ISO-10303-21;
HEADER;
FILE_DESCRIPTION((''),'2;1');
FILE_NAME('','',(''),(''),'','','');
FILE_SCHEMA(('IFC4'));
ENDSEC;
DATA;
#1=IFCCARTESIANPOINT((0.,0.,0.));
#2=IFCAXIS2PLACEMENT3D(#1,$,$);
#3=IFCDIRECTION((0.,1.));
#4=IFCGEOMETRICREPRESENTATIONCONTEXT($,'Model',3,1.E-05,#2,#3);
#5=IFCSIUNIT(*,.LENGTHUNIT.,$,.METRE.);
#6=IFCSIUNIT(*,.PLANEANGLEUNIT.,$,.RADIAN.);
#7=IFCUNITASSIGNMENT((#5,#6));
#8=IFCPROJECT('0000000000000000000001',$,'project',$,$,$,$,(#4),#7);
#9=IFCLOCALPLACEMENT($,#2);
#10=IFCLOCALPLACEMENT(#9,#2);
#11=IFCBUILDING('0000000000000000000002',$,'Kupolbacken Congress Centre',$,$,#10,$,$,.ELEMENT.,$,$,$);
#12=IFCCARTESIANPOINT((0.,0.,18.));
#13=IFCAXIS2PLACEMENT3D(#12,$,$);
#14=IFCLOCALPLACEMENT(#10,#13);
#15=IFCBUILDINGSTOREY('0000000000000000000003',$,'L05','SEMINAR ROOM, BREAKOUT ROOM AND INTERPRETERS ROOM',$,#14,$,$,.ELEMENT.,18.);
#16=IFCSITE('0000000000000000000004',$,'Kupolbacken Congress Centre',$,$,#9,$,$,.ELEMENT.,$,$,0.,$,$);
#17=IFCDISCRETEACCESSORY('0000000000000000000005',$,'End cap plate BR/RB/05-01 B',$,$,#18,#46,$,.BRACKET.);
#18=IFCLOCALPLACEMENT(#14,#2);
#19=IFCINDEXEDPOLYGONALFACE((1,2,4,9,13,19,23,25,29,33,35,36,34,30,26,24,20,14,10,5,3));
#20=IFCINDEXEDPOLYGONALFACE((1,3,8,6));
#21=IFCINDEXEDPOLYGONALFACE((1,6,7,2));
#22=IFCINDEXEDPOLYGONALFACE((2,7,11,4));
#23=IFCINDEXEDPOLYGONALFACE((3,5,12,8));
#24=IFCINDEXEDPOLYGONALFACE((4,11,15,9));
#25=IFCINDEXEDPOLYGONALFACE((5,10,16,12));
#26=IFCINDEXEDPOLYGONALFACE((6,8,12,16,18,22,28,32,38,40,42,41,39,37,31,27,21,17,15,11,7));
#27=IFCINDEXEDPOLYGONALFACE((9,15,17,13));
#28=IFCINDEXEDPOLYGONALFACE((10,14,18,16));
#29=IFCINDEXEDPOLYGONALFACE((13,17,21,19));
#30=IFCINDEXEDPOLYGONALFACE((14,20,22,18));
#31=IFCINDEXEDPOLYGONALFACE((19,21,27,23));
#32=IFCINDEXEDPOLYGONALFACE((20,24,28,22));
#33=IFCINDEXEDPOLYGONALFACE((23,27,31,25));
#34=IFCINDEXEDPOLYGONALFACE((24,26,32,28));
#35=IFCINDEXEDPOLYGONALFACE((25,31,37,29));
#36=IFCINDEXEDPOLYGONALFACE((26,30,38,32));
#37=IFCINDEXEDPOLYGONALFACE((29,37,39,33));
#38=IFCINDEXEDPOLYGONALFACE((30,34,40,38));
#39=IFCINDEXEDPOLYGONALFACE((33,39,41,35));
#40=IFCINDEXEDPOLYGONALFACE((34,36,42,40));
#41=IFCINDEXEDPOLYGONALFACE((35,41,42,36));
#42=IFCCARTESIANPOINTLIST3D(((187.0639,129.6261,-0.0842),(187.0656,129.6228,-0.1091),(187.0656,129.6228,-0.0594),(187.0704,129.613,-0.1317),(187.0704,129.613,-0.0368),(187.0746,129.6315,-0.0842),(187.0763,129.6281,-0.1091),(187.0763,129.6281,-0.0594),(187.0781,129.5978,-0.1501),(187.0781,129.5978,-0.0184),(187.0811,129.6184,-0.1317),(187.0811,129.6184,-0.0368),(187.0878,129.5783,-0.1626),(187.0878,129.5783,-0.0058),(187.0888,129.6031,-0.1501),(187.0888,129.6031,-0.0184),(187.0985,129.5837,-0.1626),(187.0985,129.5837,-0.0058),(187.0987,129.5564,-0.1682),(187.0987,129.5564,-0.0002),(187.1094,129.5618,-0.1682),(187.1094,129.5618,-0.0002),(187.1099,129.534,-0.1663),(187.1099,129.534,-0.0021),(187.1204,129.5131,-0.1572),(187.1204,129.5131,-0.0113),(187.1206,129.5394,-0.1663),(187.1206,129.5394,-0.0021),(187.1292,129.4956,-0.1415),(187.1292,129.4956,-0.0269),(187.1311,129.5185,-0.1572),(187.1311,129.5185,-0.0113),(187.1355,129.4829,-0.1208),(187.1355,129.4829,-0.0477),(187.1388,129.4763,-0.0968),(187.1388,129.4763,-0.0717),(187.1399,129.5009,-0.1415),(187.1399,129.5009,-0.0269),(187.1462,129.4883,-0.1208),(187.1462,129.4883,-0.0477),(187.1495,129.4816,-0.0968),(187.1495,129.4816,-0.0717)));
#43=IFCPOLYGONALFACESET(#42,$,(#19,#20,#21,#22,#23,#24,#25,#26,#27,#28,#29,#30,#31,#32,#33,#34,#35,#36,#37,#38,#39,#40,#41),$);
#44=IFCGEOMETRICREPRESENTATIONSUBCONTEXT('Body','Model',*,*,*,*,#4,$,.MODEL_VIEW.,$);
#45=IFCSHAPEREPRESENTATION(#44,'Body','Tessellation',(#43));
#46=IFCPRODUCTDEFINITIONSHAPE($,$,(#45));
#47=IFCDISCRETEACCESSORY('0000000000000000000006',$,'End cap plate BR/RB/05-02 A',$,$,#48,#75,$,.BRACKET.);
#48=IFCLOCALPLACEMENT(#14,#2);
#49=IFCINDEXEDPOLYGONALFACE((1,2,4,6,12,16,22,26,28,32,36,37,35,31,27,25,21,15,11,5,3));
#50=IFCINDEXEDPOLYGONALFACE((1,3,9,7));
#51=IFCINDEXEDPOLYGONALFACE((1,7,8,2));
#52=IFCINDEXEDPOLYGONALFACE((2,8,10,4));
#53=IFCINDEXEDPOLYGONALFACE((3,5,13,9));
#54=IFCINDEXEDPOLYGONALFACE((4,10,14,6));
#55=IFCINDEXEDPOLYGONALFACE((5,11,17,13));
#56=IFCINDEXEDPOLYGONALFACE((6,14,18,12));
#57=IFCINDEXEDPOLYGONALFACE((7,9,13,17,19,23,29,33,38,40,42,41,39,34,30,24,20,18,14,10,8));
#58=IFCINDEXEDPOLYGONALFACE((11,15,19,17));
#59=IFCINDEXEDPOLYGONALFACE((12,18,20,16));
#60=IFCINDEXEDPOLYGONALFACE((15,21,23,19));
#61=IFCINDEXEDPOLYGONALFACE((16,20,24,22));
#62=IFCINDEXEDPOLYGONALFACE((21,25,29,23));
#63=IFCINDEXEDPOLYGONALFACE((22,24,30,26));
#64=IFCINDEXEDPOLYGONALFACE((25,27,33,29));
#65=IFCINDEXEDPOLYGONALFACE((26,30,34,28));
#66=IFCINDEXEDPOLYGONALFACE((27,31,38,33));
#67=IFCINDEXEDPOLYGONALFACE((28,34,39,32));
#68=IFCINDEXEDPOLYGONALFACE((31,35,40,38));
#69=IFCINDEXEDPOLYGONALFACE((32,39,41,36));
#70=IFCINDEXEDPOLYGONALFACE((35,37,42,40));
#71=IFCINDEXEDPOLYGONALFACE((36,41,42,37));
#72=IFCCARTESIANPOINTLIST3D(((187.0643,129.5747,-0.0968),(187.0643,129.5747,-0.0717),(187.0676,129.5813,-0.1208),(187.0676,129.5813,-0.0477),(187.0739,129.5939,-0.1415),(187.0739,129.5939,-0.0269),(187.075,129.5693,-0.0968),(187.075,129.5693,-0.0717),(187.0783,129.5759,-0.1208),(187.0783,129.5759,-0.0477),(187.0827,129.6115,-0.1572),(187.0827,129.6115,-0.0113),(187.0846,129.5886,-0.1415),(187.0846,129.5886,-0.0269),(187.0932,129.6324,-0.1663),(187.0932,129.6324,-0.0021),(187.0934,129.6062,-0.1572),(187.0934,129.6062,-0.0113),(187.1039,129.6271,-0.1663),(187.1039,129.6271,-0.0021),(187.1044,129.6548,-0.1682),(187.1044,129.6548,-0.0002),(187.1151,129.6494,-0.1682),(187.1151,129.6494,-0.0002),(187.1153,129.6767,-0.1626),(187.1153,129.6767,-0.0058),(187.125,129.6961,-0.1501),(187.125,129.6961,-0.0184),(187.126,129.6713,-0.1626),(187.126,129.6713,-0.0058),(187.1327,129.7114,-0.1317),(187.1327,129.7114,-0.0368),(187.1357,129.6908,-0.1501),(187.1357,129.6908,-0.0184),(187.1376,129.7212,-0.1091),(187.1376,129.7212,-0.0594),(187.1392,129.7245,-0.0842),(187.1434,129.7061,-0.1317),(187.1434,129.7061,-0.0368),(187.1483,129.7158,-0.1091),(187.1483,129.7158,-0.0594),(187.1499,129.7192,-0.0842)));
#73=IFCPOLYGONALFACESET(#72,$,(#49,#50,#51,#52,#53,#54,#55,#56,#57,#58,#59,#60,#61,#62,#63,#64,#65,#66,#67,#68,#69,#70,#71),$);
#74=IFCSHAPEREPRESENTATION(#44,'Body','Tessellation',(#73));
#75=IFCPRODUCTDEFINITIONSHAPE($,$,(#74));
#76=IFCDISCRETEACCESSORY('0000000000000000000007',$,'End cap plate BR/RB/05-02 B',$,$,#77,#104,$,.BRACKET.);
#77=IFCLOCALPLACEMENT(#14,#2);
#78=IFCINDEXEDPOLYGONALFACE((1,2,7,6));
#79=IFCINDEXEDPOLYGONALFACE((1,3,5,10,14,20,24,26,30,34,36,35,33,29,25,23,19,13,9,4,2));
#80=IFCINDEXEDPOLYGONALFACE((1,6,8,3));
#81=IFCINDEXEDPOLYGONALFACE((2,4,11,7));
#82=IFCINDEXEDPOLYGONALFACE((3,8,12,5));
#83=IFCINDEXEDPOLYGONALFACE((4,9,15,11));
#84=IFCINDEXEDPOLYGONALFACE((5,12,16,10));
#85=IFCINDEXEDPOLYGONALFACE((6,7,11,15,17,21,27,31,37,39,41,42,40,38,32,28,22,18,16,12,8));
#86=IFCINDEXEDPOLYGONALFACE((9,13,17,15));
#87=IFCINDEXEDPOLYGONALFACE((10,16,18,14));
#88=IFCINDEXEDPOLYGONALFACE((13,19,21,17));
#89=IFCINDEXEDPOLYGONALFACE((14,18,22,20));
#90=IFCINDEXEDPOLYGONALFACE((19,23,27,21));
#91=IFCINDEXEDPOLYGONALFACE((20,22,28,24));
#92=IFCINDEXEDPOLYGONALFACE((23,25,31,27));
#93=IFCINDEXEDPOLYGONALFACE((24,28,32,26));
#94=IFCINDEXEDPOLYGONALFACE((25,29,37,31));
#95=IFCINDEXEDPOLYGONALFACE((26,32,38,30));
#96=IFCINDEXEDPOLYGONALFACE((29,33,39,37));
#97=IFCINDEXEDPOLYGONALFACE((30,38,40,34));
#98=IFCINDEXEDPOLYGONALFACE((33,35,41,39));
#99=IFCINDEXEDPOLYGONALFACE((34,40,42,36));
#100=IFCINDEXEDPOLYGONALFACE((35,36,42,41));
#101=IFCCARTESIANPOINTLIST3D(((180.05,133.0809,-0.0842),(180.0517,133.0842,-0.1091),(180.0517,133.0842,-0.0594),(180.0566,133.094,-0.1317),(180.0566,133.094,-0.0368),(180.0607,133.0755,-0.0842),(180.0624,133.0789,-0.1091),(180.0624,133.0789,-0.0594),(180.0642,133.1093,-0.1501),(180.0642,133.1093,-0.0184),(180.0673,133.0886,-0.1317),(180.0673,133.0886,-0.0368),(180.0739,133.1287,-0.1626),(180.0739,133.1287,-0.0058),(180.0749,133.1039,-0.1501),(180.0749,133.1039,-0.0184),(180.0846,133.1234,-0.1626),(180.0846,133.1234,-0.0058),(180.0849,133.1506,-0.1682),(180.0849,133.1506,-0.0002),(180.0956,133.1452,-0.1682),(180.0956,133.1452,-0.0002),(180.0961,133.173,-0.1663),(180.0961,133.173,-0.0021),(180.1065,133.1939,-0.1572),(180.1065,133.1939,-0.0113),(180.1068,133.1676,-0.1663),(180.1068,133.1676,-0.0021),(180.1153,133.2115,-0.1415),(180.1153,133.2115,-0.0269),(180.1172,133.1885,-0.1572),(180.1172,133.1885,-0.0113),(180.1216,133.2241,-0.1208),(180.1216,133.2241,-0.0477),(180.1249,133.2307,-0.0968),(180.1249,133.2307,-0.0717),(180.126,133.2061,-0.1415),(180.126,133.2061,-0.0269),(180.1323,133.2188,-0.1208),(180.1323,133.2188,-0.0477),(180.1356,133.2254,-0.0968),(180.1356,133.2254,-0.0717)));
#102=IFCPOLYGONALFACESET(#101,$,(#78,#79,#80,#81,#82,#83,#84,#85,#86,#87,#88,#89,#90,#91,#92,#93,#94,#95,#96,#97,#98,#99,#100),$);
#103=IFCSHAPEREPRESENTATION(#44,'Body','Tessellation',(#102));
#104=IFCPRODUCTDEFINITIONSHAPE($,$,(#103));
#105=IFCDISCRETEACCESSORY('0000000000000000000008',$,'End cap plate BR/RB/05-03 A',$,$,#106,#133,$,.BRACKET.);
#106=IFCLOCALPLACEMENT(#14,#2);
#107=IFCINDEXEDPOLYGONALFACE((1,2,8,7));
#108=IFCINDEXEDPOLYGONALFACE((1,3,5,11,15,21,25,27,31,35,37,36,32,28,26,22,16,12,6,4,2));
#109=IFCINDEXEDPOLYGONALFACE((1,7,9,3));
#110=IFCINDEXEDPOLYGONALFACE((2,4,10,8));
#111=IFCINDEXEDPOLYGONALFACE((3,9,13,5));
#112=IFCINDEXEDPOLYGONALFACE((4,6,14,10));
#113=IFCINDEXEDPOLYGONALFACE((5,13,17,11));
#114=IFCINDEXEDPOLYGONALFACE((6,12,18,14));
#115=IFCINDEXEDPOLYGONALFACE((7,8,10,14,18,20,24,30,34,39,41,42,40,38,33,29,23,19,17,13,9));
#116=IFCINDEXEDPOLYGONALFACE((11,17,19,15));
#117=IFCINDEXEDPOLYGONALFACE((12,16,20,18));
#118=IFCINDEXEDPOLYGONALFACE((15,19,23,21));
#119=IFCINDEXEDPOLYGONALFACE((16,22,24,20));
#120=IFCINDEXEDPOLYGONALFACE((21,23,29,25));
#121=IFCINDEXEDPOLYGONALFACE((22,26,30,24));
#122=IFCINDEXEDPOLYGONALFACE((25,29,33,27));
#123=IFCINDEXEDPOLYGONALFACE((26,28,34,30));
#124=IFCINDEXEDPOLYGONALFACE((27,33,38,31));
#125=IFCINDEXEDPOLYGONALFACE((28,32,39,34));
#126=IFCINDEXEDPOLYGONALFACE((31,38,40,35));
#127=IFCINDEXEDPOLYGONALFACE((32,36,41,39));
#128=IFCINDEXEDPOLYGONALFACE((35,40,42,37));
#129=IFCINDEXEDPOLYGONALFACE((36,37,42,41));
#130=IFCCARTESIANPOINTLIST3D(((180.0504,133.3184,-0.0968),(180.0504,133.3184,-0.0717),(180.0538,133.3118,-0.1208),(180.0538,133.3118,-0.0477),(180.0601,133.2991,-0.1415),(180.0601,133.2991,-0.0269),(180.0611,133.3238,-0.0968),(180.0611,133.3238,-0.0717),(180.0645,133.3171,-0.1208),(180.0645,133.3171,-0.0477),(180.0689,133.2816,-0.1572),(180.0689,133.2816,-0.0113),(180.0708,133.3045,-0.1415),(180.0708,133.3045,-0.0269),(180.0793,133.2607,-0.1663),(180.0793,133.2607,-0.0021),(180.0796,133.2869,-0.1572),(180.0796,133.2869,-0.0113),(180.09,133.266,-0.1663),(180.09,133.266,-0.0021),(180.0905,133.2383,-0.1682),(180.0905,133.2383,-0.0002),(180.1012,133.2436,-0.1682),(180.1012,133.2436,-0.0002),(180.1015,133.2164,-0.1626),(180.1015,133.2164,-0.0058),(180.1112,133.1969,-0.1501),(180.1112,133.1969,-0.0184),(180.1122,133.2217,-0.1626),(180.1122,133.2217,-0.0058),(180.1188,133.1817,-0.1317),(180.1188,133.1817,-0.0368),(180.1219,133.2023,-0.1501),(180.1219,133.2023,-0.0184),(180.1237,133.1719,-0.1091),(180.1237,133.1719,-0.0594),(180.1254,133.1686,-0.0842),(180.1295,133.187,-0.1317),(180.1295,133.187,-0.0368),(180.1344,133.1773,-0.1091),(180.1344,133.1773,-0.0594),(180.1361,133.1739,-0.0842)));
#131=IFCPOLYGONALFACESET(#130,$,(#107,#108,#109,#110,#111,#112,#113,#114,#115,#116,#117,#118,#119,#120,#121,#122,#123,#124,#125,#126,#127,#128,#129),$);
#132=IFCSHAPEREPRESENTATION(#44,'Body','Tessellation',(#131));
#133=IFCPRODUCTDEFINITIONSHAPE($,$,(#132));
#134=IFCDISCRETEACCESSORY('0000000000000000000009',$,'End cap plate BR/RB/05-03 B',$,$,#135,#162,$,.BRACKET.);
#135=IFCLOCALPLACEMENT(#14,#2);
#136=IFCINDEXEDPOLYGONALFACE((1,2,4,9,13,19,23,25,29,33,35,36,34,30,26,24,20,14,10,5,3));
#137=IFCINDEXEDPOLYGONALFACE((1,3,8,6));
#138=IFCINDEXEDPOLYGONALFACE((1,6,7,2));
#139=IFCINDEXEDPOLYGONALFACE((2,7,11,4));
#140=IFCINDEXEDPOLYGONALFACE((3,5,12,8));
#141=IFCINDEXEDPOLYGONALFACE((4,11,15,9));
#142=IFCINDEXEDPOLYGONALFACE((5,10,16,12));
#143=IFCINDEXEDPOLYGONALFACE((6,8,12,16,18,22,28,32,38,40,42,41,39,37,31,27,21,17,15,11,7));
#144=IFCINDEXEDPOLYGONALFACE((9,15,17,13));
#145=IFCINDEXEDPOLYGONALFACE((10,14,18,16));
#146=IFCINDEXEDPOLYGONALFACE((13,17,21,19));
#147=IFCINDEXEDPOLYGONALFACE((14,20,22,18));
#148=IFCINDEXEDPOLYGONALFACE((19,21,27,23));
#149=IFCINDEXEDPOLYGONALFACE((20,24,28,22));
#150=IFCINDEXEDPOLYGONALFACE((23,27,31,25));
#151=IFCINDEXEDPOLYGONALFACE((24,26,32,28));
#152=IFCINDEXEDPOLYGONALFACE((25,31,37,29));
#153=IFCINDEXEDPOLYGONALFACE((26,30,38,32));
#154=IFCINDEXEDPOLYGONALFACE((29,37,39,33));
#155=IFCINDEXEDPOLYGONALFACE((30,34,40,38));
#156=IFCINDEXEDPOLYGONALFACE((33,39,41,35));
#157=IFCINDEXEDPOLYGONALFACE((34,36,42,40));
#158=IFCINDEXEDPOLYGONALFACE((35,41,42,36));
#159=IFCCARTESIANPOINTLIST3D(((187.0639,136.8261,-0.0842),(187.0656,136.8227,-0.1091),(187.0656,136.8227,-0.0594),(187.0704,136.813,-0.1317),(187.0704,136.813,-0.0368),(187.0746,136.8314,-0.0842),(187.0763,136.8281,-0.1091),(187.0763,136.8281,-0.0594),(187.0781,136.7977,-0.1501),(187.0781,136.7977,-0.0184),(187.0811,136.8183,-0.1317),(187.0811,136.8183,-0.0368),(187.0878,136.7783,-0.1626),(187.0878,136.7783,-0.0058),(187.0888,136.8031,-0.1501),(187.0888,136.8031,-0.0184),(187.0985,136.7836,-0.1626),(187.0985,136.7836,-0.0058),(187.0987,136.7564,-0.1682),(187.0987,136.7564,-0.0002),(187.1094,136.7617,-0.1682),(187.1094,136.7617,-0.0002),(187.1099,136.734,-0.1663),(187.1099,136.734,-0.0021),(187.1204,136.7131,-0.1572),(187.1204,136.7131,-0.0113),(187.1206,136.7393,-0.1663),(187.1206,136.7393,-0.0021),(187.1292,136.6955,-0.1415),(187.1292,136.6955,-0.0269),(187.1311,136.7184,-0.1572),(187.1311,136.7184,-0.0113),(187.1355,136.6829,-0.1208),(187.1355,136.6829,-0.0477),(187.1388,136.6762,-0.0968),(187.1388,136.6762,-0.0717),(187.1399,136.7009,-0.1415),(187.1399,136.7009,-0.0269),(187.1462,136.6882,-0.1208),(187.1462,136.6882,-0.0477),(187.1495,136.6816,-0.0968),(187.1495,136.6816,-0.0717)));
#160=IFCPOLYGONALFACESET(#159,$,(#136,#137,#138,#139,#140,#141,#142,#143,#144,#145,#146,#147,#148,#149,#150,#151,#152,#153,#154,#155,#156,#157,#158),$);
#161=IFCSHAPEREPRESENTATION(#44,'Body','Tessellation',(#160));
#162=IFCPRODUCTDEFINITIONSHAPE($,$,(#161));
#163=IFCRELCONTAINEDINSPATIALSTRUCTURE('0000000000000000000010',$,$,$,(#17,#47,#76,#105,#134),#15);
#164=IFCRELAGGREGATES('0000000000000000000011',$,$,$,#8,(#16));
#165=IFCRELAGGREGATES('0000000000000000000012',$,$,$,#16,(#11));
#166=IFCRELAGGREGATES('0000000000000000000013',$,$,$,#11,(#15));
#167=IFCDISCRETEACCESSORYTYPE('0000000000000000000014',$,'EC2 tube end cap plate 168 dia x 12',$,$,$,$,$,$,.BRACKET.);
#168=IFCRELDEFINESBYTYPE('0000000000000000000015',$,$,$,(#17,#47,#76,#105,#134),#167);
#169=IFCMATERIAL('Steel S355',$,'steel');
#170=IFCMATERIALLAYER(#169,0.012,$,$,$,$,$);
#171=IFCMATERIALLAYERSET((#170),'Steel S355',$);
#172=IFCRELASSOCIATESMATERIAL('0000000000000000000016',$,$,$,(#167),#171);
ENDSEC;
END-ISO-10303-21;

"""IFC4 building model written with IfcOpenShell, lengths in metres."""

from ifc_helpers import new_model, si_unit, direction, frame, origin, origin_2d, place, context, subcontext, project, spatial, circle, extrude, material, layer, layer_set, type_object, element, save


model = new_model("IFC4")

# Units and contexts
model_context = context("Model", 3, precision=1e-05, world=origin(), true_north=direction((0.0, 1.0)))
body_context = subcontext(model_context, "Body", "Model", "MODEL_VIEW")
ifc_project = project(units=[si_unit("LENGTHUNIT", "METRE"), si_unit("PLANEANGLEUNIT", "RADIAN")], contexts=[model_context])

# Site, building, storey
site_placement = place(None, origin())
site = spatial("IfcSite", under=ifc_project, at=site_placement, Name="Kupolbacken Congress Centre", CompositionType="ELEMENT", RefElevation=0.0)
building_placement = place(site_placement, origin())
building = spatial("IfcBuilding", under=site, at=building_placement, Name="Kupolbacken Congress Centre", CompositionType="ELEMENT")
storey_placement = place(building_placement, frame((0.0, 0.0, 18.0)))
storey = spatial("IfcBuildingStorey", under=building, at=storey_placement, Name="L05", Description="SEMINAR ROOM, BREAKOUT ROOM AND INTERPRETERS ROOM", CompositionType="ELEMENT", Elevation=18.0)

# Discrete accessories
ifc_material_1 = material(Name="Steel S355", Category="steel")
ifc_layer_1 = layer(ifc_material_1, 0.012)
ifc_layer_set_1 = layer_set([ifc_layer_1], Name="Steel S355")
discrete_accessory_type = type_object("IfcDiscreteAccessoryType", Name="EC2 tube end cap plate 168 dia x 12", PredefinedType="BRACKET", material=ifc_layer_set_1)
for number, where, z_axis, x_axis, name in (
    (1, (187.1016, 129.5508, -0.0842), (0.894427, 0.447214, 0.0), (-0.447214, 0.894427, 0.0), "End cap plate BR/RB/05-01 B"),
    (2, (187.1016, 129.6492, -0.0842), (0.894427, -0.447214, 0.0), (0.447214, 0.894427, 0.0), "End cap plate BR/RB/05-02 A"),
    (3, (180.0984, 133.1509, -0.0842), (-0.894427, 0.447214, 0.0), (-0.447214, -0.894427, 0.0), "End cap plate BR/RB/05-02 B"),
    (4, (180.0984, 133.2493, -0.0842), (-0.894427, -0.447214, 0.0), (0.447214, -0.894427, 0.0), "End cap plate BR/RB/05-03 A"),
    (5, (187.1016, 136.7507, -0.0842), (0.894427, 0.447214, 0.0), (-0.447214, 0.894427, 0.0), "End cap plate BR/RB/05-03 B"),
):
    element("IfcDiscreteAccessory", number, at=place(storey_placement, frame(where, z_axis=z_axis, x_axis=x_axis)), inside=storey, type_object=discrete_accessory_type, Name=name, PredefinedType="BRACKET", context=body_context, shape_type="SweptSolid", body=[
        extrude(circle(Radius=0.0842, at=origin_2d()), origin(), (0.0, 0.0, 1.0), 0.012),
    ])

save(model, "model.ifc")
